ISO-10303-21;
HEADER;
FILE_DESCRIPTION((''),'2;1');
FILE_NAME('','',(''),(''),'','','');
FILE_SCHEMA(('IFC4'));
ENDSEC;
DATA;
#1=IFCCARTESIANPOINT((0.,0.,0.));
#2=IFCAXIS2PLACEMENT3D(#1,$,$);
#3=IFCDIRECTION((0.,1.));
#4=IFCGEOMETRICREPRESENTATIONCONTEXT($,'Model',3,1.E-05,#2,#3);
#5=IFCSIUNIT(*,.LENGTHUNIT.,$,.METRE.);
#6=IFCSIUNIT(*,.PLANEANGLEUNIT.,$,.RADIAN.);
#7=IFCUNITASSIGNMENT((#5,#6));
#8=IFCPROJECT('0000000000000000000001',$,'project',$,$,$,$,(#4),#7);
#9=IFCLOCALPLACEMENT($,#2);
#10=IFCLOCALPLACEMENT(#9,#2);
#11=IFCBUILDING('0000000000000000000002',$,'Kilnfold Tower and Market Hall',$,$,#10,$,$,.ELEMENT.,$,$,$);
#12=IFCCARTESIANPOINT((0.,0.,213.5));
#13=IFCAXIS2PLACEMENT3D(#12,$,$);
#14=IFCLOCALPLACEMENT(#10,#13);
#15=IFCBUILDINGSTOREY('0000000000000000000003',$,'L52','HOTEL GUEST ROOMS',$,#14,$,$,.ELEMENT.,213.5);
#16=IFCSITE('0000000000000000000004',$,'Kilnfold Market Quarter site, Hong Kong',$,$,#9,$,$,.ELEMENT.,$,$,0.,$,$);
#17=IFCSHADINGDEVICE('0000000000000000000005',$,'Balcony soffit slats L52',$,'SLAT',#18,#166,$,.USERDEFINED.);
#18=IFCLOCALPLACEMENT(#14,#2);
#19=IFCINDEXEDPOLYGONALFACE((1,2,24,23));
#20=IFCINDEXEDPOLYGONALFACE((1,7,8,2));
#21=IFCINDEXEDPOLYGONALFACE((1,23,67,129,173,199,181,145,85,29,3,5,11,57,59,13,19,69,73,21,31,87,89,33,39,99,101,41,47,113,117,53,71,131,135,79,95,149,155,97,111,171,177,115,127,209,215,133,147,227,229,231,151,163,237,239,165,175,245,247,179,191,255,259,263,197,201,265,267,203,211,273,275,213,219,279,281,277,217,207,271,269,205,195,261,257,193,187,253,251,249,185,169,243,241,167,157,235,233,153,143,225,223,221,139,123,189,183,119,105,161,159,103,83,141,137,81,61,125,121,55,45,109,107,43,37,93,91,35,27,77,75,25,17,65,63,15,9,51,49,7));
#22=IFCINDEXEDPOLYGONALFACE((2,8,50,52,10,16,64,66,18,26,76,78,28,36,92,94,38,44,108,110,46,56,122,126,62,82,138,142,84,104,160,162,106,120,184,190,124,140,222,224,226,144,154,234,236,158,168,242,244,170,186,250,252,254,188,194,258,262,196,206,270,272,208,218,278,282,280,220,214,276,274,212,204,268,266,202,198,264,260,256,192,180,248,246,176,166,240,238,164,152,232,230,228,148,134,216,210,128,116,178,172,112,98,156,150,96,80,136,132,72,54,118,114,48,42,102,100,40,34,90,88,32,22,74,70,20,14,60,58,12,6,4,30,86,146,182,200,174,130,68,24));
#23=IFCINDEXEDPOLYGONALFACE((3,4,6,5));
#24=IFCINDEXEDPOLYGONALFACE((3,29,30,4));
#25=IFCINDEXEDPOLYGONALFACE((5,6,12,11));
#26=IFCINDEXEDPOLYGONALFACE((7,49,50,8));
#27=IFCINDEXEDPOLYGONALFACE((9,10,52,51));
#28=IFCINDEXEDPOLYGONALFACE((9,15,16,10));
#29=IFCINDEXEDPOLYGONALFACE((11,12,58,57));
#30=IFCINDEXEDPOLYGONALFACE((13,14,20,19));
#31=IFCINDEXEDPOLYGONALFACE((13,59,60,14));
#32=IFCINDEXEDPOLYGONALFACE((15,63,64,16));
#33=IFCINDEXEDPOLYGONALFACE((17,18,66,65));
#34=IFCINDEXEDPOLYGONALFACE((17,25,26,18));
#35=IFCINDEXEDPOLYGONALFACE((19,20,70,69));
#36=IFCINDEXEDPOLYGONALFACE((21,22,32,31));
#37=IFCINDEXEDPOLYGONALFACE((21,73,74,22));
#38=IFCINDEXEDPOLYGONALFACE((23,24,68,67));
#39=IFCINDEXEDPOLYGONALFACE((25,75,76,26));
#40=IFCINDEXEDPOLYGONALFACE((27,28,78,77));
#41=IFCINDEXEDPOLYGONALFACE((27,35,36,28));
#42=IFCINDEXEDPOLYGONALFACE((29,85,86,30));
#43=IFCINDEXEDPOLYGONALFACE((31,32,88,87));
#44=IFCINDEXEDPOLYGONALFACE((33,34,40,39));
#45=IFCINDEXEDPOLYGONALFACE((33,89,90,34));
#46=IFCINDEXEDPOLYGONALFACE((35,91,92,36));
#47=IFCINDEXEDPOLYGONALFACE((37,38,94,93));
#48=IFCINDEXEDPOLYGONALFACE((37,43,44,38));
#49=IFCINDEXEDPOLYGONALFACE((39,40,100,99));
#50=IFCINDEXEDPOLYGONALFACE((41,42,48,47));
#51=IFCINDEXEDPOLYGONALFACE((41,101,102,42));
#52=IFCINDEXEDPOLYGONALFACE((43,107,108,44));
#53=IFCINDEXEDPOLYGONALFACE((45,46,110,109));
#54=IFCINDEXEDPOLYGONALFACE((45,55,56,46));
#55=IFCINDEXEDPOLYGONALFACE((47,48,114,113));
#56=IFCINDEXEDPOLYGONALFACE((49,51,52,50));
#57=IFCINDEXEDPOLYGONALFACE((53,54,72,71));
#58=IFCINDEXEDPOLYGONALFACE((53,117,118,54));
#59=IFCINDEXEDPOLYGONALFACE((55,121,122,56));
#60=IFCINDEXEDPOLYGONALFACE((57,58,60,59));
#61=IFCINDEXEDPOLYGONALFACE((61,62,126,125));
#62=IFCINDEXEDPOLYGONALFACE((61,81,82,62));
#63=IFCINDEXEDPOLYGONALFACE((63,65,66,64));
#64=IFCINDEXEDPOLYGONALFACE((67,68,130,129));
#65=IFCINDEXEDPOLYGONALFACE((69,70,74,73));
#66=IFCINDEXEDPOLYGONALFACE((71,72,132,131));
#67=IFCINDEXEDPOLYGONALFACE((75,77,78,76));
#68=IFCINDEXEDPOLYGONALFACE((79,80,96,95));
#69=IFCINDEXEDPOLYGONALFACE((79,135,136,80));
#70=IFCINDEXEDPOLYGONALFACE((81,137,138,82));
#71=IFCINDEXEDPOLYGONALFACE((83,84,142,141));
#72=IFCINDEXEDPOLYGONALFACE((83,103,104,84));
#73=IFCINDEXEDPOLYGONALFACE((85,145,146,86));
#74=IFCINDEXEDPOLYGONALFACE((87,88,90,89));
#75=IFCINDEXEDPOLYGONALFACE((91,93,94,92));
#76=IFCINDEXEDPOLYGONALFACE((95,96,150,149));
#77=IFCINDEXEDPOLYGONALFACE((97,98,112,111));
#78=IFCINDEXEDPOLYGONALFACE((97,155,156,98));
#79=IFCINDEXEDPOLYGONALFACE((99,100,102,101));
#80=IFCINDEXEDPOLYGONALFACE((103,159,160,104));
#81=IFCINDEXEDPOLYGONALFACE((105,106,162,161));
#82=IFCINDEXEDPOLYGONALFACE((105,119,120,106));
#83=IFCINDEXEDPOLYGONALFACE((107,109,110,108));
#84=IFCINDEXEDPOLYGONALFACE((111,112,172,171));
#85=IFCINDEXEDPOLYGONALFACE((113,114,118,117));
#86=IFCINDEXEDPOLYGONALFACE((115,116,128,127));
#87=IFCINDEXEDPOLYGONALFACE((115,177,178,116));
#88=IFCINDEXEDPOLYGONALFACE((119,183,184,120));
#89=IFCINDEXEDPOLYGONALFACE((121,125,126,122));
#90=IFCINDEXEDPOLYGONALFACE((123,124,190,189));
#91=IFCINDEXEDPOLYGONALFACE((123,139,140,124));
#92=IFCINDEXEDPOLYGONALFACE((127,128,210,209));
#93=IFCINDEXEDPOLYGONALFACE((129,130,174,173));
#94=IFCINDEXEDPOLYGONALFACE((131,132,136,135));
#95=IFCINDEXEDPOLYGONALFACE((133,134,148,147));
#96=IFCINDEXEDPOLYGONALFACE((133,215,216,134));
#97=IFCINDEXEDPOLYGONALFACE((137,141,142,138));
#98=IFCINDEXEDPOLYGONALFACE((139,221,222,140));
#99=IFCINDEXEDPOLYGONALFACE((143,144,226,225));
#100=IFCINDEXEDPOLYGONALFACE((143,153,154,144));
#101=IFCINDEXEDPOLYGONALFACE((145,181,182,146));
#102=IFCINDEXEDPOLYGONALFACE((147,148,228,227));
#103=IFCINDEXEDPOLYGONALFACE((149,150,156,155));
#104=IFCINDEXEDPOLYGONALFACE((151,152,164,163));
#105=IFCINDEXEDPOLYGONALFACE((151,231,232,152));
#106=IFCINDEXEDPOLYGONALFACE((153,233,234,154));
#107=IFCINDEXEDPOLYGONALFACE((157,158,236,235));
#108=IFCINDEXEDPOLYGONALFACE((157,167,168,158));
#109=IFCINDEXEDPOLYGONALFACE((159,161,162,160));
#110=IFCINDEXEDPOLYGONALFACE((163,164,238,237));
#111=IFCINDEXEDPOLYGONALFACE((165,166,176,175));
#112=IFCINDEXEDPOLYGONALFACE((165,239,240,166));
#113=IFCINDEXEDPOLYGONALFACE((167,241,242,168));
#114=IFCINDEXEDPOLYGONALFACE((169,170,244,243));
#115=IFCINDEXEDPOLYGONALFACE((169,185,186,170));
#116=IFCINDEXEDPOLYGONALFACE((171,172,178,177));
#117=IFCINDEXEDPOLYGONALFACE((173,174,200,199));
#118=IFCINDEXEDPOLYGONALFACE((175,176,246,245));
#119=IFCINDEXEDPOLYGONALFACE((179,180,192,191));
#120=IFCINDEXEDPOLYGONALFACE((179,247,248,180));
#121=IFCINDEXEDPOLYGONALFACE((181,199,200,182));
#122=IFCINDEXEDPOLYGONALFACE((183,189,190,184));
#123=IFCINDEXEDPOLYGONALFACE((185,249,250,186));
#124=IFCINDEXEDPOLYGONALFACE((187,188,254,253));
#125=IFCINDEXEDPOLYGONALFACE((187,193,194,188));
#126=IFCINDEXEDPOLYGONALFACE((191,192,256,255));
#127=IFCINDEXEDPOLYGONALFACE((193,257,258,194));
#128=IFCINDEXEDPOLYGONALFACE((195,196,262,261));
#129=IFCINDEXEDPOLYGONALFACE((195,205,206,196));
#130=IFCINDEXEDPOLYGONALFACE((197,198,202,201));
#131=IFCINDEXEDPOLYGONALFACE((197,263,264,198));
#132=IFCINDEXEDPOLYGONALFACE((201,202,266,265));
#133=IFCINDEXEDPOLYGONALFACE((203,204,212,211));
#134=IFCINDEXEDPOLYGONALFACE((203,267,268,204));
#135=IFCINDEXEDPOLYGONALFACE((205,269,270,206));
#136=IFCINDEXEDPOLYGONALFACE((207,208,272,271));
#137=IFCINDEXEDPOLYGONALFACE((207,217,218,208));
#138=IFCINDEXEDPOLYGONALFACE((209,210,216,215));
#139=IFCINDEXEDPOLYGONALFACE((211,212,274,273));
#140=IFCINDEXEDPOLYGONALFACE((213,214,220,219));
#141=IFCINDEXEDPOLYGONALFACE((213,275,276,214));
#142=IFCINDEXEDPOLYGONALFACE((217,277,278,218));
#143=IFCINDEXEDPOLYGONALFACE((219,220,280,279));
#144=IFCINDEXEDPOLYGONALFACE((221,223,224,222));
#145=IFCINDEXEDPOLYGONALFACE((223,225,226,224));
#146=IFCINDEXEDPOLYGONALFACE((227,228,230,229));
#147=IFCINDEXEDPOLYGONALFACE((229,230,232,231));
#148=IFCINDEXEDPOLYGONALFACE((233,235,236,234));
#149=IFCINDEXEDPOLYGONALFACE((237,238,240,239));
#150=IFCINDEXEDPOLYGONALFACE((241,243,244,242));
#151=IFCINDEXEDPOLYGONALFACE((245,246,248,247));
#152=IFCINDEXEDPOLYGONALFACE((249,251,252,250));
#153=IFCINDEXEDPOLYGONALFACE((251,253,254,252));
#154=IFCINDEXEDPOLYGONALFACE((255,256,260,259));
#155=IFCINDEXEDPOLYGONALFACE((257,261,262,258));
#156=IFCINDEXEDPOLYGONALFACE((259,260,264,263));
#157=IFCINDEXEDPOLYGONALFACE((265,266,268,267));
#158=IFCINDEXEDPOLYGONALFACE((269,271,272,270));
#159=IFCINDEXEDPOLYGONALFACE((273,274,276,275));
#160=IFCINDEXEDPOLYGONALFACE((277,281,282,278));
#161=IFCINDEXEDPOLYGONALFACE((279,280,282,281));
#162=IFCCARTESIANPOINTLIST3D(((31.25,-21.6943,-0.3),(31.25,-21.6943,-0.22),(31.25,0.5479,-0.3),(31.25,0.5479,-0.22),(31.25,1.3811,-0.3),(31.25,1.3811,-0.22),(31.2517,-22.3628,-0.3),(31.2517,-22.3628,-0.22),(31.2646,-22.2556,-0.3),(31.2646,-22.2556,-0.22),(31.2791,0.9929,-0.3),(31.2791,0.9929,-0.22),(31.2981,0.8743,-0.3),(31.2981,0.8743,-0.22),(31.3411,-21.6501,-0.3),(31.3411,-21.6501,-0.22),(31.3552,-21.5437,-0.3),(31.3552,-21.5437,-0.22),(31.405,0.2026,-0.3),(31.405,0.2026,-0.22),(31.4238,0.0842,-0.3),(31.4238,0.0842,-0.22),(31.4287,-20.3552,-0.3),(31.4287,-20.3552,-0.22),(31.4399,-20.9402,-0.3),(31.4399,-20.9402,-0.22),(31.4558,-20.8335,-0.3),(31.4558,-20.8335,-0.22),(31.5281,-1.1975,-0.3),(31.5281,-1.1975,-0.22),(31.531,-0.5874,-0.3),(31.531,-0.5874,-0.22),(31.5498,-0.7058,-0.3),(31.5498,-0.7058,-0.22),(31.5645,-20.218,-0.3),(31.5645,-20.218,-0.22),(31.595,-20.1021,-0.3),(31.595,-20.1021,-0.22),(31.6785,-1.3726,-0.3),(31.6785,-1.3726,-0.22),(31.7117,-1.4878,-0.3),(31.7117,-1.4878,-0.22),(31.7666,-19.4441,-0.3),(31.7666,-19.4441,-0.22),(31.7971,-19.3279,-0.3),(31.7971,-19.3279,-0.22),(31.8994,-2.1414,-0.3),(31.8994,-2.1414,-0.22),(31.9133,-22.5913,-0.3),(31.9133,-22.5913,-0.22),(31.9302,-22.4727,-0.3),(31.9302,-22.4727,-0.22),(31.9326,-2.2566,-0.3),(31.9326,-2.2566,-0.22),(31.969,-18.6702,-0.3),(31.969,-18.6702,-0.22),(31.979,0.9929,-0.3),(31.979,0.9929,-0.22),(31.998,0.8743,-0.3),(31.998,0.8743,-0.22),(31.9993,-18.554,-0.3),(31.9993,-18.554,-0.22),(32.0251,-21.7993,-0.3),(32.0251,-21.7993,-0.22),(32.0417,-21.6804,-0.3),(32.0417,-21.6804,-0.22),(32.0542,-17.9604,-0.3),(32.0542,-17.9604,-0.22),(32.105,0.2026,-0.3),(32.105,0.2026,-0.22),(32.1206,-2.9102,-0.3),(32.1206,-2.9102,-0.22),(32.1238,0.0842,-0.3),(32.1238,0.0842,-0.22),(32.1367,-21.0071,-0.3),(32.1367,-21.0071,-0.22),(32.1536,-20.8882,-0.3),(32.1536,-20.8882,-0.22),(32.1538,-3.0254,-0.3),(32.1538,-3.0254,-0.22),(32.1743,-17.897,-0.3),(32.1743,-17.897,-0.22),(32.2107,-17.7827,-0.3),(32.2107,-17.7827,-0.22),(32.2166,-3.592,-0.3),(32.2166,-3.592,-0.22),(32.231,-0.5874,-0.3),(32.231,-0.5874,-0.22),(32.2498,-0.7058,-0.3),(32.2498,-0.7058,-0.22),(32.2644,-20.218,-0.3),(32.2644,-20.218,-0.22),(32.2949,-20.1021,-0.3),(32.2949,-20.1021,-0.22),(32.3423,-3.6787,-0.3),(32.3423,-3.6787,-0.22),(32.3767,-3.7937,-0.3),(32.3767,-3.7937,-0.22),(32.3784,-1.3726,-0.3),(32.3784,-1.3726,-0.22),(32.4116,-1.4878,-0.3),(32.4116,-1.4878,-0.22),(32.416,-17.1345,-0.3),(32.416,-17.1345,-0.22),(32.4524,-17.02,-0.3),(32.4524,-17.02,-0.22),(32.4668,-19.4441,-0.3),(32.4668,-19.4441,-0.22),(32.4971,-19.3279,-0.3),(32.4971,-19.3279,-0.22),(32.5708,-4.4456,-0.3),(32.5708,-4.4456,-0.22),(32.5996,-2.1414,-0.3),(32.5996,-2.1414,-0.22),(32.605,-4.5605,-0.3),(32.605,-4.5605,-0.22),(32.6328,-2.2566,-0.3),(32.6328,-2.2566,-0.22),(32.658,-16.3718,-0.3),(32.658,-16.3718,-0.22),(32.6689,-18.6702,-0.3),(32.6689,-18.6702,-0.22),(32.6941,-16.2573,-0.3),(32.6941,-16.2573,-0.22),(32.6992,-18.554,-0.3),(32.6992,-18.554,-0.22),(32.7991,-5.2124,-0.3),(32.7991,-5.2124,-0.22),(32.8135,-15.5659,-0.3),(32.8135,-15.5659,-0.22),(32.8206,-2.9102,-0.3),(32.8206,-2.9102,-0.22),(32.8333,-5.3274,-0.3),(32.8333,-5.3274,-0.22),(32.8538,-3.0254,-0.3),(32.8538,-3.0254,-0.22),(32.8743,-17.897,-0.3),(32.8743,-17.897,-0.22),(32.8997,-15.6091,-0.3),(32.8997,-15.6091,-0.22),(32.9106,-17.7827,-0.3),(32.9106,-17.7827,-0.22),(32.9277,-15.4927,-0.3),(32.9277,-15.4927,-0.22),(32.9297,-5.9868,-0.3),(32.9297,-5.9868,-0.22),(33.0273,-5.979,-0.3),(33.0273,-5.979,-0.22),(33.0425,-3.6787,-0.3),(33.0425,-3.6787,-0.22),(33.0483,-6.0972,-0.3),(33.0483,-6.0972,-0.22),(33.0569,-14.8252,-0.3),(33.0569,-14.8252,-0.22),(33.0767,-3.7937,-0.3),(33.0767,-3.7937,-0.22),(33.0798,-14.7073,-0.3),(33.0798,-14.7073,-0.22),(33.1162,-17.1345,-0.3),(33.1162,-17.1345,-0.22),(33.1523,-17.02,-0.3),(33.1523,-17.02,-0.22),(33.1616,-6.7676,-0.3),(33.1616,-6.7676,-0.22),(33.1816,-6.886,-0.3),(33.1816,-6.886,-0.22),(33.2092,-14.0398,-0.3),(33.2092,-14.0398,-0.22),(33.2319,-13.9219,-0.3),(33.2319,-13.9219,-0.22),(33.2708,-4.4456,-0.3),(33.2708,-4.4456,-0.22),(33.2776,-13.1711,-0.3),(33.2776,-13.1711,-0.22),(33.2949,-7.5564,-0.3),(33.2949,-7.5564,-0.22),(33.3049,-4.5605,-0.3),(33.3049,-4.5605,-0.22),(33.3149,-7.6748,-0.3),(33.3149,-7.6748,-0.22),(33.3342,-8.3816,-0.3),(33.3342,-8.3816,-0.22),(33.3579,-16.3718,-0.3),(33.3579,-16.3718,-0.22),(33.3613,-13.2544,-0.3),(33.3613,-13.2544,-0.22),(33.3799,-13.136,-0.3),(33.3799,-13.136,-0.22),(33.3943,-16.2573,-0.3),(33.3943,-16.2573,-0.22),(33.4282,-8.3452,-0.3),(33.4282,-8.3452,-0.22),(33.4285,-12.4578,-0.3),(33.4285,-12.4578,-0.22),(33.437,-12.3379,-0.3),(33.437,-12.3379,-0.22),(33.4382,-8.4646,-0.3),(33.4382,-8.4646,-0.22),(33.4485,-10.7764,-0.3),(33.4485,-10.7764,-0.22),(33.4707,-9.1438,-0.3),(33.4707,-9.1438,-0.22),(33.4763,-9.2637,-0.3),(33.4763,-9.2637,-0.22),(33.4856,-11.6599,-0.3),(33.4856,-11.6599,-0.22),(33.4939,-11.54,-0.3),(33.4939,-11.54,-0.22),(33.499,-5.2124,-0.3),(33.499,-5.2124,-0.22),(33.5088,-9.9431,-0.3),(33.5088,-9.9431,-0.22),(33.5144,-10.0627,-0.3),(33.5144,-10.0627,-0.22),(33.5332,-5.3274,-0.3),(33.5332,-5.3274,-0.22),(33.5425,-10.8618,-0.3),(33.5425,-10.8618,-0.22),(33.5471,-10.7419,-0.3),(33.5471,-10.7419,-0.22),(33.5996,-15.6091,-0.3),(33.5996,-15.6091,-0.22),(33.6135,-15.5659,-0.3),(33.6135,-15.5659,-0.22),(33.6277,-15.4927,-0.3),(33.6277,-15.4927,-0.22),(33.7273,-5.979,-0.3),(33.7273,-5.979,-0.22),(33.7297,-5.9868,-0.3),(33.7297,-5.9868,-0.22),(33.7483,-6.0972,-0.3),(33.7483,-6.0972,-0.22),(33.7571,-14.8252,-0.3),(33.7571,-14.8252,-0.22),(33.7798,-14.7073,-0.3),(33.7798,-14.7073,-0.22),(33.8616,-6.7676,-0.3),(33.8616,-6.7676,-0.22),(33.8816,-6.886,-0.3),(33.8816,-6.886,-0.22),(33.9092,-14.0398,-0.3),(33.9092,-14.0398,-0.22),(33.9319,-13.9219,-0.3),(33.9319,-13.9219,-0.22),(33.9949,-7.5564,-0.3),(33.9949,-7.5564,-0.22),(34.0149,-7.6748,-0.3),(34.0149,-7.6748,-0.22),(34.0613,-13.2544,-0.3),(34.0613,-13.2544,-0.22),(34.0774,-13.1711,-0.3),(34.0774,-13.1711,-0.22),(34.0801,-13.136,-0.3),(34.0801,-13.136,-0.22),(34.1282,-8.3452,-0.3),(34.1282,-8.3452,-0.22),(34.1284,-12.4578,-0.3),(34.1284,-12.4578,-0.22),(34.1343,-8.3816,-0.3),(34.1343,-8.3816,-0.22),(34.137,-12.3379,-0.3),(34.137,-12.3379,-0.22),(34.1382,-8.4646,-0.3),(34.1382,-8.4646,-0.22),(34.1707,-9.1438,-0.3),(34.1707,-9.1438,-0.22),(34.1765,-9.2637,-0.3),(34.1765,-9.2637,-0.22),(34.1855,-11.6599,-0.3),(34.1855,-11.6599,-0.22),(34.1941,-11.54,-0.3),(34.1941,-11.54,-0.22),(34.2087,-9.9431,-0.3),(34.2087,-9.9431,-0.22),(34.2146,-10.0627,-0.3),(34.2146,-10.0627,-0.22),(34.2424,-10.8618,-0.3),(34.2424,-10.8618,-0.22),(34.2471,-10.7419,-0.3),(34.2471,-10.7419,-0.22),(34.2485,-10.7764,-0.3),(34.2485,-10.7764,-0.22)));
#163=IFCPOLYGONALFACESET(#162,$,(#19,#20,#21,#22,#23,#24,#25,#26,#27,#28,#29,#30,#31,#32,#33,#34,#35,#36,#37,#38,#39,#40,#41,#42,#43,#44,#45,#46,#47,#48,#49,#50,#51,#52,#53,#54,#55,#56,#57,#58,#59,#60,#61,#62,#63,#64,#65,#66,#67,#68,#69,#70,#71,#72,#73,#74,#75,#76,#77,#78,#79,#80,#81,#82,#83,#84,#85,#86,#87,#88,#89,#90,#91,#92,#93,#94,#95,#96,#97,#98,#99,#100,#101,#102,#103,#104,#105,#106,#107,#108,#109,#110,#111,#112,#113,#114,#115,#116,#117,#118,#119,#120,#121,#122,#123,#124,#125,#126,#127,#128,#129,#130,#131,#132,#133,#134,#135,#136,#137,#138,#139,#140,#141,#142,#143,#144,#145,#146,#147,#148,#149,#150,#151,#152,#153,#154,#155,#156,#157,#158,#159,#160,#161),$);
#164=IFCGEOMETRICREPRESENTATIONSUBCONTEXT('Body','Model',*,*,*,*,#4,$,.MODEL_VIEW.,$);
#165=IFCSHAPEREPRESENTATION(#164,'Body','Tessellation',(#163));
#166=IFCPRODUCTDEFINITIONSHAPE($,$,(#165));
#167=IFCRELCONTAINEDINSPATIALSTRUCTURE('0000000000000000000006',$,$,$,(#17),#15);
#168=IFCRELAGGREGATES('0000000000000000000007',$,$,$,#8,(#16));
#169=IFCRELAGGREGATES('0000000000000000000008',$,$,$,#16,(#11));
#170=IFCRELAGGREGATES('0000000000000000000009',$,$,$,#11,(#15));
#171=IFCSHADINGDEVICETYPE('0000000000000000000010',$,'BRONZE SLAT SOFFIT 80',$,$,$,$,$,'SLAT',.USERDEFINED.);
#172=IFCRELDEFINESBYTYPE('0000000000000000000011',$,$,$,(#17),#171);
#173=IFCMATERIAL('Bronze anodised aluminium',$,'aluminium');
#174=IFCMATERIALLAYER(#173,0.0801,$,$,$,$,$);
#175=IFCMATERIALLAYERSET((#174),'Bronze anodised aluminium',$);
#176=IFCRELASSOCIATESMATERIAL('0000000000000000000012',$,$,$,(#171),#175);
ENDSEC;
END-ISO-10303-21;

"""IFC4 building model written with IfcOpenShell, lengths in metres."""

from ifc_helpers import new_model, si_unit, direction, frame, origin, place, context, subcontext, project, spatial, polyline, outline, extrude, source, transform, mapped, material, layer, layer_set, type_object, element, save


model = new_model("IFC4")

# Units and contexts
model_context = context("Model", 3, precision=1e-05, world=origin(), true_north=direction((0.0, 1.0)))
body_context = subcontext(model_context, "Body", "Model", "MODEL_VIEW")
ifc_project = project(units=[si_unit("LENGTHUNIT", "METRE"), si_unit("PLANEANGLEUNIT", "RADIAN")], contexts=[model_context])

# Site, building, storey
site_placement = place(None, origin())
site = spatial("IfcSite", under=ifc_project, at=site_placement, Name="Kilnfold Market Quarter site, Hong Kong", CompositionType="ELEMENT", RefElevation=0.0)
building_placement = place(site_placement, origin())
building = spatial("IfcBuilding", under=site, at=building_placement, Name="Kilnfold Tower and Market Hall", CompositionType="ELEMENT")
storey_placement = place(building_placement, frame((0.0, 0.0, 213.5)))
storey = spatial("IfcBuildingStorey", under=building, at=storey_placement, Name="L52", Description="HOTEL GUEST ROOMS", CompositionType="ELEMENT", Elevation=213.5)

# Shading device
ifc_material_1 = material(Name="Bronze anodised aluminium", Category="aluminium")
ifc_layer_1 = layer(ifc_material_1, 0.0801)
ifc_layer_set_1 = layer_set([ifc_layer_1], Name="Bronze anodised aluminium")
shading_device_type_1 = type_object("IfcShadingDeviceType", Name="BRONZE SLAT SOFFIT 80", ElementType="SLAT", PredefinedType="USERDEFINED", material=ifc_layer_set_1)
shared_shape_1 = source(origin(), body_context, "Body", "SweptSolid", [
    extrude(outline(polyline([(31.2517, -22.3628), (31.25, -21.6943), (31.4287, -20.3552), (32.0542, -17.9604), (32.8135, -15.5659), (33.2776, -13.1711), (33.4485, -10.7764), (33.3342, -8.3816), (32.9297, -5.9868), (32.2166, -3.592), (31.5281, -1.1975), (31.25, 0.5479), (31.25, 1.3811), (31.2791, 0.9929), (31.979, 0.9929), (31.998, 0.8743), (31.2981, 0.8743), (31.405, 0.2026), (32.105, 0.2026), (32.1238, 0.0842), (31.4238, 0.0842), (31.531, -0.5874), (32.231, -0.5874), (32.2498, -0.7058), (31.5498, -0.7058), (31.6785, -1.3726), (32.3784, -1.3726), (32.4116, -1.4878), (31.7117, -1.4878), (31.8994, -2.1414), (32.5996, -2.1414), (32.6328, -2.2566), (31.9326, -2.2566), (32.1206, -2.9102), (32.8206, -2.9102), (32.8538, -3.0254), (32.1538, -3.0254), (32.3423, -3.6787), (33.0425, -3.6787), (33.0767, -3.7937), (32.3767, -3.7937), (32.5708, -4.4456), (33.2708, -4.4456), (33.3049, -4.5605), (32.605, -4.5605), (32.7991, -5.2124), (33.499, -5.2124), (33.5332, -5.3274), (32.8333, -5.3274), (33.0273, -5.979), (33.7273, -5.979), (33.7297, -5.9868), (33.7483, -6.0972), (33.0483, -6.0972), (33.1616, -6.7676), (33.8616, -6.7676), (33.8816, -6.886), (33.1816, -6.886), (33.2949, -7.5564), (33.9949, -7.5564), (34.0149, -7.6748), (33.3149, -7.6748), (33.4282, -8.3452), (34.1282, -8.3452), (34.1343, -8.3816), (34.1382, -8.4646), (33.4382, -8.4646), (33.4707, -9.1438), (34.1707, -9.1438), (34.1765, -9.2637), (33.4763, -9.2637), (33.5088, -9.9431), (34.2087, -9.9431), (34.2146, -10.0627), (33.5144, -10.0627), (33.5471, -10.7419), (34.2471, -10.7419), (34.2485, -10.7764), (34.2424, -10.8618), (33.5425, -10.8618), (33.4939, -11.54), (34.1941, -11.54), (34.1855, -11.6599), (33.4856, -11.6599), (33.437, -12.3379), (34.137, -12.3379), (34.1284, -12.4578), (33.4285, -12.4578), (33.3799, -13.136), (34.0801, -13.136), (34.0774, -13.1711), (34.0613, -13.2544), (33.3613, -13.2544), (33.2319, -13.9219), (33.9319, -13.9219), (33.9092, -14.0398), (33.2092, -14.0398), (33.0798, -14.7073), (33.7798, -14.7073), (33.7571, -14.8252), (33.0569, -14.8252), (32.9277, -15.4927), (33.6277, -15.4927), (33.6135, -15.5659), (33.5996, -15.6091), (32.8997, -15.6091), (32.6941, -16.2573), (33.3943, -16.2573), (33.3579, -16.3718), (32.658, -16.3718), (32.4524, -17.02), (33.1523, -17.02), (33.1162, -17.1345), (32.416, -17.1345), (32.2107, -17.7827), (32.9106, -17.7827), (32.8743, -17.897), (32.1743, -17.897), (31.9993, -18.554), (32.6992, -18.554), (32.6689, -18.6702), (31.969, -18.6702), (31.7971, -19.3279), (32.4971, -19.3279), (32.4668, -19.4441), (31.7666, -19.4441), (31.595, -20.1021), (32.2949, -20.1021), (32.2644, -20.218), (31.5645, -20.218), (31.4558, -20.8335), (32.1536, -20.8882), (32.1367, -21.0071), (31.4399, -20.9402), (31.3552, -21.5437), (32.0417, -21.6804), (32.0251, -21.7993), (31.3411, -21.6501), (31.2646, -22.2556), (31.9302, -22.4727), (31.9133, -22.5913), (31.2517, -22.3628)])), origin(), (0.0, 0.0, 1.0), 0.0801),
])
shading_device_1_placement = place(storey_placement, frame((0.0, 0.0, -0.3)))
element("IfcShadingDevice", 1, at=shading_device_1_placement, inside=storey, type_object=shading_device_type_1, Name="Balcony soffit slats L52", ObjectType="SLAT", PredefinedType="USERDEFINED", context=body_context, shape_type="MappedRepresentation", body=[
    mapped(shared_shape_1, transform((0.0, 0.0, 0.0))),
])

save(model, "model.ifc")
